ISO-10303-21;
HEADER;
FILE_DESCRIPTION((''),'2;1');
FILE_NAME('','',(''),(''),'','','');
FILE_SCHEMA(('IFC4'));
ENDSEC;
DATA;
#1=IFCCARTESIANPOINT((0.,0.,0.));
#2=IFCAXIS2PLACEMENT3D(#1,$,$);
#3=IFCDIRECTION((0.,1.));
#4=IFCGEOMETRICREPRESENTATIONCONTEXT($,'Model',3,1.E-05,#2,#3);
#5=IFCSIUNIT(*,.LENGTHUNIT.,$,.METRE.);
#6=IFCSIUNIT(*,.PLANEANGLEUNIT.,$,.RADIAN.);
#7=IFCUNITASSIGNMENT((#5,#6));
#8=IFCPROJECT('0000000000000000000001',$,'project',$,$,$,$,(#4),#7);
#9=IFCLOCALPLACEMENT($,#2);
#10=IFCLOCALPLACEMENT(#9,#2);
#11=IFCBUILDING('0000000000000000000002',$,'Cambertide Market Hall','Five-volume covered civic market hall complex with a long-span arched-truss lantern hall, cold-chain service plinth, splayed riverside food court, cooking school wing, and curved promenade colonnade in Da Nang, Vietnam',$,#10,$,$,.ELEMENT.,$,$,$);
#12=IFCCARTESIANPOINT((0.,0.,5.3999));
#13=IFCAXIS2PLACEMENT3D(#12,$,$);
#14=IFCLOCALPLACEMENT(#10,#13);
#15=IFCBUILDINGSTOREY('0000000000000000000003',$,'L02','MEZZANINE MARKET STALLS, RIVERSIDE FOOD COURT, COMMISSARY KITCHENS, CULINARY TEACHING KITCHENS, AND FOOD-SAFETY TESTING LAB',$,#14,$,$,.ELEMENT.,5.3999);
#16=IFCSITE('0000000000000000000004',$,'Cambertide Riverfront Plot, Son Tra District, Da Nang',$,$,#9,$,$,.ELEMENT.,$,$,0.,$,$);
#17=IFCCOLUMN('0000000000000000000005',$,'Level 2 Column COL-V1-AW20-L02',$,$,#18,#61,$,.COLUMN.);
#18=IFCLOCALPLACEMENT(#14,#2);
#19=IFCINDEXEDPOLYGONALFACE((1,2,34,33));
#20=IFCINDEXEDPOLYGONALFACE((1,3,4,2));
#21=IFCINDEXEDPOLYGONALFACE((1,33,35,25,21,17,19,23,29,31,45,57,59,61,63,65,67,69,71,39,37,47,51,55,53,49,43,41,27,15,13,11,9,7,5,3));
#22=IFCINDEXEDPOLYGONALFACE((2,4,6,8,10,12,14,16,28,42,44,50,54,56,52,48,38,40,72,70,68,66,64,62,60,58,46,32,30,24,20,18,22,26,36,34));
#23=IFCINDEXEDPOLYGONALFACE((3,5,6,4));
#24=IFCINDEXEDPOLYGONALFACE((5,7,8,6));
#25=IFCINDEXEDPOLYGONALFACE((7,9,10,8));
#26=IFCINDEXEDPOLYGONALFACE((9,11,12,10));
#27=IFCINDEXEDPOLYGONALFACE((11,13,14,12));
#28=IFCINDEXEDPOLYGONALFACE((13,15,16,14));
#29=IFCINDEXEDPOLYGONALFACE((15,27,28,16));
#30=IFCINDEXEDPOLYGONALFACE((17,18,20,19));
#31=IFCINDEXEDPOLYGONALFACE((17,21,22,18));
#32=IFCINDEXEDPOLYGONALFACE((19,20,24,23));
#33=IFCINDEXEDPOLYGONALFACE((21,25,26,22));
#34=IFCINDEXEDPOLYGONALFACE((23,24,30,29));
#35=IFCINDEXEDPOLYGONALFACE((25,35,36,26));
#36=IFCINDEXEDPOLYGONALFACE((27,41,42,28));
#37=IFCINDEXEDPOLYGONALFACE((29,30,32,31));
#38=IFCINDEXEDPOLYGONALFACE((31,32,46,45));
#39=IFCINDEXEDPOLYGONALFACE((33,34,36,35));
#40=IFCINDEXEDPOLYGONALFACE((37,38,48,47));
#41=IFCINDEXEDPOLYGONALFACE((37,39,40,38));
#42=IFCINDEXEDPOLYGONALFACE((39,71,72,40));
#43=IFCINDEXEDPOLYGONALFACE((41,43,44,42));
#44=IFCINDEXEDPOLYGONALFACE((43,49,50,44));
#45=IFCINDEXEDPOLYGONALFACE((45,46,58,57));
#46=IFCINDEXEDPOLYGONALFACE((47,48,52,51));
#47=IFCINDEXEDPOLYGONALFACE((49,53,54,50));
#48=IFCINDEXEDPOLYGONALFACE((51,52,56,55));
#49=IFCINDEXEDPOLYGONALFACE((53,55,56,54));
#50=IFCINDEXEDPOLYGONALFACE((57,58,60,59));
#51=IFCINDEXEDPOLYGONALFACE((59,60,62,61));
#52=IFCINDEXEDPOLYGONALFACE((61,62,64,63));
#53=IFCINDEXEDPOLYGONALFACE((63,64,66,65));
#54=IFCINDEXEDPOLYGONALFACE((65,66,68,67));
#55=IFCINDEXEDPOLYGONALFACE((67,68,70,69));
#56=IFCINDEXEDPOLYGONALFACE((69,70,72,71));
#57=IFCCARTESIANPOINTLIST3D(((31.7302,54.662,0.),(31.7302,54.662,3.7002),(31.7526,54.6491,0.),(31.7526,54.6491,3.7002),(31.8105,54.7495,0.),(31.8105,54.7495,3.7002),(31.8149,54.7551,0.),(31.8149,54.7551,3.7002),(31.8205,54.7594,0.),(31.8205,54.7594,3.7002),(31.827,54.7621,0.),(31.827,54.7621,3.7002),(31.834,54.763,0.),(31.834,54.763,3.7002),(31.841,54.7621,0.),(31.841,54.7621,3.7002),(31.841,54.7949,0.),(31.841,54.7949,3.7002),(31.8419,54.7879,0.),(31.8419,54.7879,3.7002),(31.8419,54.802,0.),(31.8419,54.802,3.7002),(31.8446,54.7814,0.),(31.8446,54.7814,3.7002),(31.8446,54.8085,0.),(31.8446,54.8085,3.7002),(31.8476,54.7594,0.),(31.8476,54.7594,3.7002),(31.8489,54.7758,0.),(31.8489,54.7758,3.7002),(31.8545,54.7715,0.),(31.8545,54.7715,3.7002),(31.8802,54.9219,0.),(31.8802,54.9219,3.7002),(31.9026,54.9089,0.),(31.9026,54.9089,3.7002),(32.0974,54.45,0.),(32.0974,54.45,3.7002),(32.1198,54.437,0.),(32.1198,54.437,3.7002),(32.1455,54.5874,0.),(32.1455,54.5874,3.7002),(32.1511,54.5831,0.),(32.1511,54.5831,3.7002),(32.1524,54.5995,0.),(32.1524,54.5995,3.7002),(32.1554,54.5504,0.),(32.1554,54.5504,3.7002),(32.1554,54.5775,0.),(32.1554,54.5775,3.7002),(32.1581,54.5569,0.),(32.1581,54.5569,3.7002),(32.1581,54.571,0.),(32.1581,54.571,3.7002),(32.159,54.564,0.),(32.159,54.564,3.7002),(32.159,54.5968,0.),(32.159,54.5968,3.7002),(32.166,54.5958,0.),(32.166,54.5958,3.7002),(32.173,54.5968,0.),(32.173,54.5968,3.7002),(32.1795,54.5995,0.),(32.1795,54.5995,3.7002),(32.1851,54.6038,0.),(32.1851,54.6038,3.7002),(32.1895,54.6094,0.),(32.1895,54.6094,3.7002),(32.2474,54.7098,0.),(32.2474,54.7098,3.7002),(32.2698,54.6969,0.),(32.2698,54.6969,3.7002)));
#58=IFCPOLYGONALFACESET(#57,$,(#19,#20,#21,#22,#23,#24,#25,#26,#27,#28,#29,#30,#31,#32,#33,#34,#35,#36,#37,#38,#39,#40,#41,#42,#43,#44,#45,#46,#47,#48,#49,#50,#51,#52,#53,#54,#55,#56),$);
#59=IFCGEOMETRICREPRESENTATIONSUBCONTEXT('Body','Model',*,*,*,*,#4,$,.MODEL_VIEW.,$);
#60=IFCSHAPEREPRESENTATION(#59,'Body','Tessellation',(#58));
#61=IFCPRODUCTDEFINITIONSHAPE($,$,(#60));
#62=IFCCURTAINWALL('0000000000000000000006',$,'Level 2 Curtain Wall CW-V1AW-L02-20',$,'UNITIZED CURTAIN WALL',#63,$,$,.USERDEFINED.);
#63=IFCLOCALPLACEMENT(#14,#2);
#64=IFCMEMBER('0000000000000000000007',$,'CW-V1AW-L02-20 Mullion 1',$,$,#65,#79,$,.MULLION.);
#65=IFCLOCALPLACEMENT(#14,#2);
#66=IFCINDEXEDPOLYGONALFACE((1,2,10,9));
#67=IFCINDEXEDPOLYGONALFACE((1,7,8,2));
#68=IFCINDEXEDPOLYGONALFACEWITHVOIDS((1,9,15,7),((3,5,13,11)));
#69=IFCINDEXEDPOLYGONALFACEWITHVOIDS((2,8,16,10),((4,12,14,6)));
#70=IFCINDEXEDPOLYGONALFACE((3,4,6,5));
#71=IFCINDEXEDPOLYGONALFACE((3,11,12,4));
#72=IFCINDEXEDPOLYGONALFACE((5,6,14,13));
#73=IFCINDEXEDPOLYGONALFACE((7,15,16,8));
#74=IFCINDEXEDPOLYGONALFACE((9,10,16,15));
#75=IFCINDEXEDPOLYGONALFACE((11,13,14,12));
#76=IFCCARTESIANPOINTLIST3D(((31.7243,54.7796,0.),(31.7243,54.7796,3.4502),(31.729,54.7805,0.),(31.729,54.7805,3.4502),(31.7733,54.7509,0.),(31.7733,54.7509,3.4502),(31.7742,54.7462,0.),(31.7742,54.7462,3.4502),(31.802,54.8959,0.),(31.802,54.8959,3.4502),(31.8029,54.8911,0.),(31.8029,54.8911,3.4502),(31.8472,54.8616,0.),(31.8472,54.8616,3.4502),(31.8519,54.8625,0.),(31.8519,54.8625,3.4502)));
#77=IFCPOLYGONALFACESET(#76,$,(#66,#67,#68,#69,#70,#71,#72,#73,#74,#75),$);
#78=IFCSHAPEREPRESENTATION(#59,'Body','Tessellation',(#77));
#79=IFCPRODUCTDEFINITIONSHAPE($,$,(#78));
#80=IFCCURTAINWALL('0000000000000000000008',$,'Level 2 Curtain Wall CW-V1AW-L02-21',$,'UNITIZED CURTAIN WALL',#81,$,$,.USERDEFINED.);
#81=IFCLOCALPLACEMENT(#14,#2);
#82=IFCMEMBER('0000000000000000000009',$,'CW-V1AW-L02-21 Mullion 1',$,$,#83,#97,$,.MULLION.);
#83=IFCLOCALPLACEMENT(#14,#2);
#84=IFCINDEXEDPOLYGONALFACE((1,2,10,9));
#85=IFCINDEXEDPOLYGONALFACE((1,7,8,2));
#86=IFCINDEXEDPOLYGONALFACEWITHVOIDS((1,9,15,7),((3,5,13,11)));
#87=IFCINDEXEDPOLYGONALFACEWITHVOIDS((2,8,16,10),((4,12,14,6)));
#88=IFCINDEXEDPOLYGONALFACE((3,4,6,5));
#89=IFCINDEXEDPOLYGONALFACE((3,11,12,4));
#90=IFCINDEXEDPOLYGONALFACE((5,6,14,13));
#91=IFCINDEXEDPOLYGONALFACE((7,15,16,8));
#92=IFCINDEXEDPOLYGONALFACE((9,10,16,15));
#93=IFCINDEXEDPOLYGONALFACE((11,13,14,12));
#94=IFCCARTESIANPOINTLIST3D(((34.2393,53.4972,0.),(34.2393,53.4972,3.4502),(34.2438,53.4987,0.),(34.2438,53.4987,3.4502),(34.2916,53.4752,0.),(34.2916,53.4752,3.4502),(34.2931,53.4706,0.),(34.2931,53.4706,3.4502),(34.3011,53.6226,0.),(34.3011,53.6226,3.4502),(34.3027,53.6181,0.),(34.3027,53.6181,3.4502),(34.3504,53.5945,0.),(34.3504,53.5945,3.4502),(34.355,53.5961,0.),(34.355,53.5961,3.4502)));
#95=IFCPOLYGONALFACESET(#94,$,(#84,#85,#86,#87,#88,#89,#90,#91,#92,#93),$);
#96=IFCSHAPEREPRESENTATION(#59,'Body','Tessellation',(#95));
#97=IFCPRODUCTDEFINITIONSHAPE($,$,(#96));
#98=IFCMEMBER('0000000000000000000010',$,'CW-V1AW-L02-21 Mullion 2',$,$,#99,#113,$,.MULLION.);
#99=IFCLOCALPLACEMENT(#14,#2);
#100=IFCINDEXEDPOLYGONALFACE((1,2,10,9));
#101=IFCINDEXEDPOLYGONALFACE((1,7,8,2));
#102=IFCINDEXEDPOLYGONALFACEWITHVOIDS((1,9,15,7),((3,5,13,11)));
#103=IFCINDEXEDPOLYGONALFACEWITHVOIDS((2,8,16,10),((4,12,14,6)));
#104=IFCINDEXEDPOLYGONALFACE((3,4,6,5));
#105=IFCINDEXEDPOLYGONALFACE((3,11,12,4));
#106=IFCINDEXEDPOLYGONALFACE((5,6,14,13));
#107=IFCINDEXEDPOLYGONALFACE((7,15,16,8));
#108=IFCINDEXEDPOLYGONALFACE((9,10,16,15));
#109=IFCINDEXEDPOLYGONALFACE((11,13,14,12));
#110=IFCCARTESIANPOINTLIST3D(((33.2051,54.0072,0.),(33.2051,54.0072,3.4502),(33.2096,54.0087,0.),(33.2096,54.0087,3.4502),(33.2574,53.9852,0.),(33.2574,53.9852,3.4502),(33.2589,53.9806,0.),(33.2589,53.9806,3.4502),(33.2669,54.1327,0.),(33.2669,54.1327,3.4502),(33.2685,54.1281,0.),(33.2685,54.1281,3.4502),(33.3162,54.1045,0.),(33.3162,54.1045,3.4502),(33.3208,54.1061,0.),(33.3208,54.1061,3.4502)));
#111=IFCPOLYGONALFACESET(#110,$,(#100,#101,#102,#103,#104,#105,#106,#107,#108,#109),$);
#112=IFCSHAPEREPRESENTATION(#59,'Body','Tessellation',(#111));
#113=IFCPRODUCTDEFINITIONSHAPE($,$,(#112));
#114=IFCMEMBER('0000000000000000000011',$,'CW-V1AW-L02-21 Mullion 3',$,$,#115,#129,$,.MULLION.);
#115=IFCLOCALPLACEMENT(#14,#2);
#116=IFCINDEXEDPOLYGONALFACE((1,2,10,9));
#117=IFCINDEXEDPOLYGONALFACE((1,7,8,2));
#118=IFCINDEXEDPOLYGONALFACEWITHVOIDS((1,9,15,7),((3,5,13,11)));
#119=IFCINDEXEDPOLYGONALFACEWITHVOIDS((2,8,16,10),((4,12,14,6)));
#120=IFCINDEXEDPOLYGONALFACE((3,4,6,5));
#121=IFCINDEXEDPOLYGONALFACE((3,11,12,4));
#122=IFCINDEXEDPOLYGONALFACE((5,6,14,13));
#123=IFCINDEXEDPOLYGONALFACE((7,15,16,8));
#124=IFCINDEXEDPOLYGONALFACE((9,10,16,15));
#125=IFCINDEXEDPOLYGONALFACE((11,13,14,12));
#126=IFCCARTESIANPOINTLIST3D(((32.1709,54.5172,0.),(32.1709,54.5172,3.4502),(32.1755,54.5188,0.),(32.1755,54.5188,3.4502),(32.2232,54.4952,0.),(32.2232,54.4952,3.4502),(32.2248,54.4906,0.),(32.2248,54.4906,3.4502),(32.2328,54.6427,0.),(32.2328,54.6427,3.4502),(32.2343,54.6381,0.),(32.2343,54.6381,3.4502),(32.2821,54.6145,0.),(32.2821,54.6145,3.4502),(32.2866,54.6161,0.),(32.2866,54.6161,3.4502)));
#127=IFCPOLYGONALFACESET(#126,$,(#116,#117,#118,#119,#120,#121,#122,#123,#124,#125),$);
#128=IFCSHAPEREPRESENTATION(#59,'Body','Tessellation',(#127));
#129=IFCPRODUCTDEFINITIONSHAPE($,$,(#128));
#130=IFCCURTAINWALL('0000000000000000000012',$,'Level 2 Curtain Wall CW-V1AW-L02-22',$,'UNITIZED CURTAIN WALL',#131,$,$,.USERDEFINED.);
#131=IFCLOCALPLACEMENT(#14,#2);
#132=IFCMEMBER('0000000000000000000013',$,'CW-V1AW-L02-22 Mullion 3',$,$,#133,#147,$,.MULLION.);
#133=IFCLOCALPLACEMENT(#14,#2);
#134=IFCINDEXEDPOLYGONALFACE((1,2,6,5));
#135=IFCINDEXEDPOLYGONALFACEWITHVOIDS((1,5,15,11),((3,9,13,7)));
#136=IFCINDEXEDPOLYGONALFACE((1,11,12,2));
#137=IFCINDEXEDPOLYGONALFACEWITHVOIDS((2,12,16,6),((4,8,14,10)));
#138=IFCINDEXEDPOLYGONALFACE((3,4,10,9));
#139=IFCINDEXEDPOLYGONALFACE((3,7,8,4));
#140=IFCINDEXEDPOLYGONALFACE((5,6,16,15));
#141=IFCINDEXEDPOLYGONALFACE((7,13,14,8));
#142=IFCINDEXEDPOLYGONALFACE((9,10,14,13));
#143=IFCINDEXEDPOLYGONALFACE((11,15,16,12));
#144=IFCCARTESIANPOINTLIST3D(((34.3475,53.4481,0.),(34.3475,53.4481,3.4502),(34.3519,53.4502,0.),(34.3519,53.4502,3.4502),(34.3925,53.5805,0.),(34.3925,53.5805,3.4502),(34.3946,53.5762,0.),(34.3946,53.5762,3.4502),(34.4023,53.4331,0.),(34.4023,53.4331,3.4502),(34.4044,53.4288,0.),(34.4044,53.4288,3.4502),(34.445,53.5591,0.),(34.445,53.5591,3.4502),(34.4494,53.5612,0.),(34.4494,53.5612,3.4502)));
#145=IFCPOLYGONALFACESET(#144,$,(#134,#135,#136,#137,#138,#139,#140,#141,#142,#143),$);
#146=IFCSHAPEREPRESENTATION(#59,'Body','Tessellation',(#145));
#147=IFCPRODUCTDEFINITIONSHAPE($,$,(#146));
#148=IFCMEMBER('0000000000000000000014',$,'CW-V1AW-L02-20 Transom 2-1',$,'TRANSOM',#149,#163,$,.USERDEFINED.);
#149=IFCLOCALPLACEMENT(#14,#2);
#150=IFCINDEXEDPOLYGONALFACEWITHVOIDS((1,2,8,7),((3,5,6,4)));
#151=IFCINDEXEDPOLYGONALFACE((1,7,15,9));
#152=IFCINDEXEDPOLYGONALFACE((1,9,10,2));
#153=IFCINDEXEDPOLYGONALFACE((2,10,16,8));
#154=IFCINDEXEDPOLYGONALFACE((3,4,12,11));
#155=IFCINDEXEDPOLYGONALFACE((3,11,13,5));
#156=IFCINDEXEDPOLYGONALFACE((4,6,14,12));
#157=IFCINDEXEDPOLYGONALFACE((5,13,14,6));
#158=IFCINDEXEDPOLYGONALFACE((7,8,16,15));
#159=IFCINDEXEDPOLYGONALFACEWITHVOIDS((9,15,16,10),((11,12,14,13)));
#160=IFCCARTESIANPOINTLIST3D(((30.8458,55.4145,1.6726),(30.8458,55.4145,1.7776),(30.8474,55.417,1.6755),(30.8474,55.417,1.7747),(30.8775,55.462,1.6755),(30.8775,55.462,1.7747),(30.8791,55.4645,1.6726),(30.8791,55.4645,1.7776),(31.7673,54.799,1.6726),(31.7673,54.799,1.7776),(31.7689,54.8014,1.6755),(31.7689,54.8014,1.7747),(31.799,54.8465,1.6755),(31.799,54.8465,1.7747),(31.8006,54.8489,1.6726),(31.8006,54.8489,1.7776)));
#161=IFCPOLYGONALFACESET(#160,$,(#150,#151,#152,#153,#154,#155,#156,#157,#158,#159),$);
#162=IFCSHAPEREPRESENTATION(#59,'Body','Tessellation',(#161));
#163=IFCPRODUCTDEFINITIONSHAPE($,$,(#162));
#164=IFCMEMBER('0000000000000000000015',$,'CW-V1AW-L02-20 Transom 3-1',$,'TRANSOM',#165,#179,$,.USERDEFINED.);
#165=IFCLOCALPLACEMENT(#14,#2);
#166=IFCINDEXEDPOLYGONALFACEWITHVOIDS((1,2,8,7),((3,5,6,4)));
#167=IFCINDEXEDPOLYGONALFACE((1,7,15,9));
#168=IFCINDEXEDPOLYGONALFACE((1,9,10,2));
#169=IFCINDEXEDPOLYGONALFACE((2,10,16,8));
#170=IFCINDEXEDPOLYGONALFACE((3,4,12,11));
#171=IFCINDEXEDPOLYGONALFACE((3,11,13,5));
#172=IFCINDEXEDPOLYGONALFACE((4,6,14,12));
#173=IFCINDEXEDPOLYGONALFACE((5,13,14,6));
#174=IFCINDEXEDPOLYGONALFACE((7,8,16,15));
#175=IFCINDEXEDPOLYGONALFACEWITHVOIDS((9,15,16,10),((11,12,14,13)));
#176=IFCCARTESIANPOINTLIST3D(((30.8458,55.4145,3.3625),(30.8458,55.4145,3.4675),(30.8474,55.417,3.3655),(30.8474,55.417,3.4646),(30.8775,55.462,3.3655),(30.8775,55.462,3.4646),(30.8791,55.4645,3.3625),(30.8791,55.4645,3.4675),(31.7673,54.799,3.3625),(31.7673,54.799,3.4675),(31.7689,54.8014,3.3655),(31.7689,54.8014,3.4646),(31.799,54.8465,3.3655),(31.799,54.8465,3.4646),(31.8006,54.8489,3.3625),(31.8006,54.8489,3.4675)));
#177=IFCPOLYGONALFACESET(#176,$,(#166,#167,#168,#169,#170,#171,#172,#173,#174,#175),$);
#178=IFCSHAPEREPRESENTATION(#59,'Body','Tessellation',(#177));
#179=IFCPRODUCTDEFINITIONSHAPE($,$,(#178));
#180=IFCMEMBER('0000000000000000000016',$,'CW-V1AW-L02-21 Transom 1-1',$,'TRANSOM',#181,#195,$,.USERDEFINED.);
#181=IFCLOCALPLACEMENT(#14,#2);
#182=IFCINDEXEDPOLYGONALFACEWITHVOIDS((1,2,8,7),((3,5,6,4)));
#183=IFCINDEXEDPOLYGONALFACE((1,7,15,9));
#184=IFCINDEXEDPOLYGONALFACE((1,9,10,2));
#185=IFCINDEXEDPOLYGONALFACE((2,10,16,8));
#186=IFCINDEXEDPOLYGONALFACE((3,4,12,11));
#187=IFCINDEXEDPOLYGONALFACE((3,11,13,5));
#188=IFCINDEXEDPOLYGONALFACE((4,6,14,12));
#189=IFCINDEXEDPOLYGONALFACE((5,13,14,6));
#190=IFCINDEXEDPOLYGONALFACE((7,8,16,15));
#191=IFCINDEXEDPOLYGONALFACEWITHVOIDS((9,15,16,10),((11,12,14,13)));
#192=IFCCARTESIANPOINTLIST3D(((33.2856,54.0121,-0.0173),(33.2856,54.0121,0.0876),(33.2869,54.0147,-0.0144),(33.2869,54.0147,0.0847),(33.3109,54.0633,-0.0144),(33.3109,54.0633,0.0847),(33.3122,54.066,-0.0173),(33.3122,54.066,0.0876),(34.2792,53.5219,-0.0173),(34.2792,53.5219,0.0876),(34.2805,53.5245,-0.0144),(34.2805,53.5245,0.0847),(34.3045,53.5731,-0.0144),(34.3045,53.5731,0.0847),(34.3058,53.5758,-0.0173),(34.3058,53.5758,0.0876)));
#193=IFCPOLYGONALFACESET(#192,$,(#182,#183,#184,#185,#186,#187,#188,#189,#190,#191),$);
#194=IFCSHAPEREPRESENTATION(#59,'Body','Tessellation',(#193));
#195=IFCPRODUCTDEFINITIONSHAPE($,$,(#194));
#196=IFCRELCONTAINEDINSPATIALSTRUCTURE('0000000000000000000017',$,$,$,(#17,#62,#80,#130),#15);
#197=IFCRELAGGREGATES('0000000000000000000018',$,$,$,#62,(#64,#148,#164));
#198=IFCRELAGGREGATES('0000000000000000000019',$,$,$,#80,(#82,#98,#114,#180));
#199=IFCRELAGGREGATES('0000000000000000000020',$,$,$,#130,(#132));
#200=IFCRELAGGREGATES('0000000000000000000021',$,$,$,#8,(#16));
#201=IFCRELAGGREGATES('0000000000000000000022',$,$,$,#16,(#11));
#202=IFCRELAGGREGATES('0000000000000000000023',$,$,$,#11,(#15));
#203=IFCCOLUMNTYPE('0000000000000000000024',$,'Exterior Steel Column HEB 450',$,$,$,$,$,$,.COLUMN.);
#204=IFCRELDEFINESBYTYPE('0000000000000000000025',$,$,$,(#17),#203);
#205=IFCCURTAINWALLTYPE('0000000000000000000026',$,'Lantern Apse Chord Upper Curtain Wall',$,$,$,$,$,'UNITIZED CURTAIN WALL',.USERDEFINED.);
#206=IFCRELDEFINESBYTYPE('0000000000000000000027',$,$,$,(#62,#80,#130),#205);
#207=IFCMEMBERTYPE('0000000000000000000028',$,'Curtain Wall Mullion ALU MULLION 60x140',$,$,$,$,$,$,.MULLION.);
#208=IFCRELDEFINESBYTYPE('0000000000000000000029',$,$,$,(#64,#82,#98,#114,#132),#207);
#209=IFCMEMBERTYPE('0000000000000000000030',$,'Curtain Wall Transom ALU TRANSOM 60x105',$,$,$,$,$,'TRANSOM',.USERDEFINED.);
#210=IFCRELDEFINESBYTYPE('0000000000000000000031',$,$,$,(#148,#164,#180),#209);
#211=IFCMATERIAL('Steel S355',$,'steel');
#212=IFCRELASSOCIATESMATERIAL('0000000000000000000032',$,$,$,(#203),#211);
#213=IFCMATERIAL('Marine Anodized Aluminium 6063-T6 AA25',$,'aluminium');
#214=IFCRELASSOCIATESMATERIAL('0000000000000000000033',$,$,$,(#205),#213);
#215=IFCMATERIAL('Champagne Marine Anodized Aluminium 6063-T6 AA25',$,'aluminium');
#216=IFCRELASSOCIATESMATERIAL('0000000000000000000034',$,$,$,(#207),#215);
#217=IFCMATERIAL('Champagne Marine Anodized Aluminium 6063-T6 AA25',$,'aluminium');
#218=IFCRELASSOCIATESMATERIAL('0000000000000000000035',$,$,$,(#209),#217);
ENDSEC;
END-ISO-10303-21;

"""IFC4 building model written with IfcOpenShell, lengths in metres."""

from ifc_helpers import new_model, si_unit, direction, frame, origin, origin_2d, place, context, subcontext, project, spatial, hollow_rectangle, i_section, extrude, material, material_profile, profile_set, type_object, element, aggregate, save


model = new_model("IFC4")

# Units and contexts
model_context = context("Model", 3, precision=1e-05, world=origin(), true_north=direction((0.0, 1.0)))
body_context = subcontext(model_context, "Body", "Model", "MODEL_VIEW")
ifc_project = project(units=[si_unit("LENGTHUNIT", "METRE"), si_unit("PLANEANGLEUNIT", "RADIAN")], contexts=[model_context])

# Site, building, storey
site_placement = place(None, origin())
site = spatial("IfcSite", under=ifc_project, at=site_placement, Name="Cambertide Riverfront Plot, Son Tra District, Da Nang", CompositionType="ELEMENT", RefElevation=0.0)
building_placement = place(site_placement, origin())
building = spatial("IfcBuilding", under=site, at=building_placement, Name="Cambertide Market Hall", Description="Five-volume covered civic market hall complex with a long-span arched-truss lantern hall, cold-chain service plinth, splayed riverside food court, cooking school wing, and curved promenade colonnade in Da Nang, Vietnam", CompositionType="ELEMENT")
storey_placement = place(building_placement, frame((0.0, 0.0, 5.3999)))
storey = spatial("IfcBuildingStorey", under=building, at=storey_placement, Name="L02", Description="MEZZANINE MARKET STALLS, RIVERSIDE FOOD COURT, COMMISSARY KITCHENS, CULINARY TEACHING KITCHENS, AND FOOD-SAFETY TESTING LAB", CompositionType="ELEMENT", Elevation=5.3999)

# Column
ifc_material_1 = material(Name="Steel S355", Category="steel")
ifc_material_profile_1 = material_profile(ifc_material_1, i_section(OverallWidth=0.3, OverallDepth=0.45, WebThickness=0.0139, FlangeThickness=0.0259, FilletRadius=0.0271, at=origin_2d()), Name="HEB 450")
ifc_profile_set_1 = profile_set([ifc_material_profile_1], Name="Steel S355")
column_type = type_object("IfcColumnType", Name="Exterior Steel Column HEB 450", PredefinedType="COLUMN", material=ifc_profile_set_1)
column_placement = place(storey_placement, frame((32.0, 54.6794, 0.0), z_axis=(0.0, 0.0, 1.0), x_axis=(-0.5, -0.866025, 0.0)))
element("IfcColumn", 1, at=column_placement, inside=storey, type_object=column_type, Name="Level 2 Column COL-V1-AW20-L02", PredefinedType="COLUMN", context=body_context, shape_type="SweptSolid", body=[
    extrude(i_section(OverallWidth=0.3, OverallDepth=0.45, WebThickness=0.0139, FlangeThickness=0.0259, FilletRadius=0.0271, at=origin_2d()), origin(), (0.0, 0.0, 1.0), 3.7002),
])

# Curtain wall, member
ifc_material_2 = material(Name="Marine Anodized Aluminium 6063-T6 AA25", Category="aluminium")
curtain_wall_type = type_object("IfcCurtainWallType", Name="Lantern Apse Chord Upper Curtain Wall", ElementType="UNITIZED CURTAIN WALL", PredefinedType="USERDEFINED", material=ifc_material_2)
curtain_wall_1_placement = place(storey_placement, origin())
curtain_wall_1 = element("IfcCurtainWall", 2, at=curtain_wall_1_placement, inside=storey, type_object=curtain_wall_type, Name="Level 2 Curtain Wall CW-V1AW-L02-20", ObjectType="UNITIZED CURTAIN WALL", PredefinedType="USERDEFINED")
ifc_material_3 = material(Name="Champagne Marine Anodized Aluminium 6063-T6 AA25", Category="aluminium")
ifc_material_profile_2 = material_profile(ifc_material_3, hollow_rectangle(XDim=0.0601, YDim=0.1399, WallThickness=0.0034, at=origin_2d()), Name="ALU MULLION 60x140")
ifc_profile_set_2 = profile_set([ifc_material_profile_2], Name="Champagne Marine Anodized Aluminium 6063-T6 AA25")
member_type_1 = type_object("IfcMemberType", Name="Curtain Wall Mullion ALU MULLION 60x140", PredefinedType="MULLION", material=ifc_profile_set_2)
member_1_placement = place(storey_placement, frame((31.7881, 54.821, 0.0), z_axis=(0.0, 0.0, 1.0), x_axis=(-0.83147, 0.55557, 0.0)))
member_1 = element("IfcMember", 3, at=member_1_placement, type_object=member_type_1, Name="CW-V1AW-L02-20 Mullion 1", PredefinedType="MULLION", context=body_context, shape_type="SweptSolid", body=[
    extrude(hollow_rectangle(XDim=0.0601, YDim=0.1399, WallThickness=0.0034, at=origin_2d()), origin(), (0.0, 0.0, 1.0), 3.4502),
])

# Curtain wall, members
curtain_wall_2_placement = place(storey_placement, origin())
curtain_wall_2 = element("IfcCurtainWall", 4, at=curtain_wall_2_placement, inside=storey, type_object=curtain_wall_type, Name="Level 2 Curtain Wall CW-V1AW-L02-21", ObjectType="UNITIZED CURTAIN WALL", PredefinedType="USERDEFINED")
member_2_placement = place(storey_placement, frame((34.2971, 53.5466, 0.0), z_axis=(0.0, 0.0, 1.0), x_axis=(-0.896873, 0.442289, 0.0)))
member_2 = element("IfcMember", 5, at=member_2_placement, type_object=member_type_1, Name="CW-V1AW-L02-21 Mullion 1", PredefinedType="MULLION", context=body_context, shape_type="SweptSolid", body=[
    extrude(hollow_rectangle(XDim=0.0601, YDim=0.1399, WallThickness=0.0034, at=origin_2d()), origin(), (0.0, 0.0, 1.0), 3.4502),
])
member_3_placement = place(storey_placement, frame((33.2629, 54.0566, 0.0), z_axis=(0.0, 0.0, 1.0), x_axis=(-0.896873, 0.442289, 0.0)))
member_3 = element("IfcMember", 6, at=member_3_placement, type_object=member_type_1, Name="CW-V1AW-L02-21 Mullion 2", PredefinedType="MULLION", context=body_context, shape_type="SweptSolid", body=[
    extrude(hollow_rectangle(XDim=0.0601, YDim=0.1399, WallThickness=0.0034, at=origin_2d()), origin(), (0.0, 0.0, 1.0), 3.4502),
])
member_4_placement = place(storey_placement, frame((32.2288, 54.5667, 0.0), z_axis=(0.0, 0.0, 1.0), x_axis=(-0.896873, 0.442289, 0.0)))
member_4 = element("IfcMember", 7, at=member_4_placement, type_object=member_type_1, Name="CW-V1AW-L02-21 Mullion 3", PredefinedType="MULLION", context=body_context, shape_type="SweptSolid", body=[
    extrude(hollow_rectangle(XDim=0.0601, YDim=0.1399, WallThickness=0.0034, at=origin_2d()), origin(), (0.0, 0.0, 1.0), 3.4502),
])

# Curtain wall, member
curtain_wall_3_placement = place(storey_placement, origin())
curtain_wall_3 = element("IfcCurtainWall", 8, at=curtain_wall_3_placement, inside=storey, type_object=curtain_wall_type, Name="Level 2 Curtain Wall CW-V1AW-L02-22", ObjectType="UNITIZED CURTAIN WALL", PredefinedType="USERDEFINED")
member_5_placement = place(storey_placement, frame((34.3984, 53.5046, 0.0), z_axis=(0.0, 0.0, 1.0), x_axis=(-0.94693, 0.321439, 0.0)))
member_5 = element("IfcMember", 9, at=member_5_placement, type_object=member_type_1, Name="CW-V1AW-L02-22 Mullion 3", PredefinedType="MULLION", context=body_context, shape_type="SweptSolid", body=[
    extrude(hollow_rectangle(XDim=0.0601, YDim=0.1399, WallThickness=0.0034, at=origin_2d()), origin(), (0.0, 0.0, 1.0), 3.4502),
])

# Members
ifc_material_4 = material(Name="Champagne Marine Anodized Aluminium 6063-T6 AA25", Category="aluminium")
ifc_material_profile_3 = material_profile(ifc_material_4, hollow_rectangle(XDim=0.0601, YDim=0.105, WallThickness=0.0029, at=origin_2d()), Name="ALU TRANSOM 60x105")
ifc_profile_set_3 = profile_set([ifc_material_profile_3], Name="Champagne Marine Anodized Aluminium 6063-T6 AA25")
member_type_2 = type_object("IfcMemberType", Name="Curtain Wall Transom ALU TRANSOM 60x105", ElementType="TRANSOM", PredefinedType="USERDEFINED", material=ifc_profile_set_3)
member_6_placement = place(storey_placement, frame((31.7839, 54.824, 1.7251), z_axis=(-0.831541, 0.555463, 0.0), x_axis=(-0.555463, -0.831541, 0.0)))
member_6 = element("IfcMember", 10, at=member_6_placement, type_object=member_type_2, Name="CW-V1AW-L02-20 Transom 2-1", ObjectType="TRANSOM", PredefinedType="USERDEFINED", context=body_context, shape_type="SweptSolid", body=[
    extrude(hollow_rectangle(XDim=0.0601, YDim=0.105, WallThickness=0.0029, at=origin_2d()), origin(), (0.0, 0.0, 1.0), 1.1082),
])
member_7_placement = place(storey_placement, frame((31.7839, 54.824, 3.415), z_axis=(-0.831541, 0.555463, 0.0), x_axis=(-0.555463, -0.831541, 0.0)))
member_7 = element("IfcMember", 11, at=member_7_placement, type_object=member_type_2, Name="CW-V1AW-L02-20 Transom 3-1", ObjectType="TRANSOM", PredefinedType="USERDEFINED", context=body_context, shape_type="SweptSolid", body=[
    extrude(hollow_rectangle(XDim=0.0601, YDim=0.105, WallThickness=0.0029, at=origin_2d()), origin(), (0.0, 0.0, 1.0), 1.1082),
])
aggregate(curtain_wall_1, [member_1, member_6, member_7])
member_8_placement = place(storey_placement, frame((34.2925, 53.5488, 0.0352), z_axis=(-0.896794, 0.442448, 0.0), x_axis=(-0.442448, -0.896794, 0.0)))
member_8 = element("IfcMember", 12, at=member_8_placement, type_object=member_type_2, Name="CW-V1AW-L02-21 Transom 1-1", ObjectType="TRANSOM", PredefinedType="USERDEFINED", context=body_context, shape_type="SweptSolid", body=[
    extrude(hollow_rectangle(XDim=0.0601, YDim=0.105, WallThickness=0.0029, at=origin_2d()), origin(), (0.0, 0.0, 1.0), 1.1079),
])

aggregate(curtain_wall_2, [member_2, member_3, member_4, member_8])
aggregate(curtain_wall_3, [member_5])

save(model, "model.ifc")
